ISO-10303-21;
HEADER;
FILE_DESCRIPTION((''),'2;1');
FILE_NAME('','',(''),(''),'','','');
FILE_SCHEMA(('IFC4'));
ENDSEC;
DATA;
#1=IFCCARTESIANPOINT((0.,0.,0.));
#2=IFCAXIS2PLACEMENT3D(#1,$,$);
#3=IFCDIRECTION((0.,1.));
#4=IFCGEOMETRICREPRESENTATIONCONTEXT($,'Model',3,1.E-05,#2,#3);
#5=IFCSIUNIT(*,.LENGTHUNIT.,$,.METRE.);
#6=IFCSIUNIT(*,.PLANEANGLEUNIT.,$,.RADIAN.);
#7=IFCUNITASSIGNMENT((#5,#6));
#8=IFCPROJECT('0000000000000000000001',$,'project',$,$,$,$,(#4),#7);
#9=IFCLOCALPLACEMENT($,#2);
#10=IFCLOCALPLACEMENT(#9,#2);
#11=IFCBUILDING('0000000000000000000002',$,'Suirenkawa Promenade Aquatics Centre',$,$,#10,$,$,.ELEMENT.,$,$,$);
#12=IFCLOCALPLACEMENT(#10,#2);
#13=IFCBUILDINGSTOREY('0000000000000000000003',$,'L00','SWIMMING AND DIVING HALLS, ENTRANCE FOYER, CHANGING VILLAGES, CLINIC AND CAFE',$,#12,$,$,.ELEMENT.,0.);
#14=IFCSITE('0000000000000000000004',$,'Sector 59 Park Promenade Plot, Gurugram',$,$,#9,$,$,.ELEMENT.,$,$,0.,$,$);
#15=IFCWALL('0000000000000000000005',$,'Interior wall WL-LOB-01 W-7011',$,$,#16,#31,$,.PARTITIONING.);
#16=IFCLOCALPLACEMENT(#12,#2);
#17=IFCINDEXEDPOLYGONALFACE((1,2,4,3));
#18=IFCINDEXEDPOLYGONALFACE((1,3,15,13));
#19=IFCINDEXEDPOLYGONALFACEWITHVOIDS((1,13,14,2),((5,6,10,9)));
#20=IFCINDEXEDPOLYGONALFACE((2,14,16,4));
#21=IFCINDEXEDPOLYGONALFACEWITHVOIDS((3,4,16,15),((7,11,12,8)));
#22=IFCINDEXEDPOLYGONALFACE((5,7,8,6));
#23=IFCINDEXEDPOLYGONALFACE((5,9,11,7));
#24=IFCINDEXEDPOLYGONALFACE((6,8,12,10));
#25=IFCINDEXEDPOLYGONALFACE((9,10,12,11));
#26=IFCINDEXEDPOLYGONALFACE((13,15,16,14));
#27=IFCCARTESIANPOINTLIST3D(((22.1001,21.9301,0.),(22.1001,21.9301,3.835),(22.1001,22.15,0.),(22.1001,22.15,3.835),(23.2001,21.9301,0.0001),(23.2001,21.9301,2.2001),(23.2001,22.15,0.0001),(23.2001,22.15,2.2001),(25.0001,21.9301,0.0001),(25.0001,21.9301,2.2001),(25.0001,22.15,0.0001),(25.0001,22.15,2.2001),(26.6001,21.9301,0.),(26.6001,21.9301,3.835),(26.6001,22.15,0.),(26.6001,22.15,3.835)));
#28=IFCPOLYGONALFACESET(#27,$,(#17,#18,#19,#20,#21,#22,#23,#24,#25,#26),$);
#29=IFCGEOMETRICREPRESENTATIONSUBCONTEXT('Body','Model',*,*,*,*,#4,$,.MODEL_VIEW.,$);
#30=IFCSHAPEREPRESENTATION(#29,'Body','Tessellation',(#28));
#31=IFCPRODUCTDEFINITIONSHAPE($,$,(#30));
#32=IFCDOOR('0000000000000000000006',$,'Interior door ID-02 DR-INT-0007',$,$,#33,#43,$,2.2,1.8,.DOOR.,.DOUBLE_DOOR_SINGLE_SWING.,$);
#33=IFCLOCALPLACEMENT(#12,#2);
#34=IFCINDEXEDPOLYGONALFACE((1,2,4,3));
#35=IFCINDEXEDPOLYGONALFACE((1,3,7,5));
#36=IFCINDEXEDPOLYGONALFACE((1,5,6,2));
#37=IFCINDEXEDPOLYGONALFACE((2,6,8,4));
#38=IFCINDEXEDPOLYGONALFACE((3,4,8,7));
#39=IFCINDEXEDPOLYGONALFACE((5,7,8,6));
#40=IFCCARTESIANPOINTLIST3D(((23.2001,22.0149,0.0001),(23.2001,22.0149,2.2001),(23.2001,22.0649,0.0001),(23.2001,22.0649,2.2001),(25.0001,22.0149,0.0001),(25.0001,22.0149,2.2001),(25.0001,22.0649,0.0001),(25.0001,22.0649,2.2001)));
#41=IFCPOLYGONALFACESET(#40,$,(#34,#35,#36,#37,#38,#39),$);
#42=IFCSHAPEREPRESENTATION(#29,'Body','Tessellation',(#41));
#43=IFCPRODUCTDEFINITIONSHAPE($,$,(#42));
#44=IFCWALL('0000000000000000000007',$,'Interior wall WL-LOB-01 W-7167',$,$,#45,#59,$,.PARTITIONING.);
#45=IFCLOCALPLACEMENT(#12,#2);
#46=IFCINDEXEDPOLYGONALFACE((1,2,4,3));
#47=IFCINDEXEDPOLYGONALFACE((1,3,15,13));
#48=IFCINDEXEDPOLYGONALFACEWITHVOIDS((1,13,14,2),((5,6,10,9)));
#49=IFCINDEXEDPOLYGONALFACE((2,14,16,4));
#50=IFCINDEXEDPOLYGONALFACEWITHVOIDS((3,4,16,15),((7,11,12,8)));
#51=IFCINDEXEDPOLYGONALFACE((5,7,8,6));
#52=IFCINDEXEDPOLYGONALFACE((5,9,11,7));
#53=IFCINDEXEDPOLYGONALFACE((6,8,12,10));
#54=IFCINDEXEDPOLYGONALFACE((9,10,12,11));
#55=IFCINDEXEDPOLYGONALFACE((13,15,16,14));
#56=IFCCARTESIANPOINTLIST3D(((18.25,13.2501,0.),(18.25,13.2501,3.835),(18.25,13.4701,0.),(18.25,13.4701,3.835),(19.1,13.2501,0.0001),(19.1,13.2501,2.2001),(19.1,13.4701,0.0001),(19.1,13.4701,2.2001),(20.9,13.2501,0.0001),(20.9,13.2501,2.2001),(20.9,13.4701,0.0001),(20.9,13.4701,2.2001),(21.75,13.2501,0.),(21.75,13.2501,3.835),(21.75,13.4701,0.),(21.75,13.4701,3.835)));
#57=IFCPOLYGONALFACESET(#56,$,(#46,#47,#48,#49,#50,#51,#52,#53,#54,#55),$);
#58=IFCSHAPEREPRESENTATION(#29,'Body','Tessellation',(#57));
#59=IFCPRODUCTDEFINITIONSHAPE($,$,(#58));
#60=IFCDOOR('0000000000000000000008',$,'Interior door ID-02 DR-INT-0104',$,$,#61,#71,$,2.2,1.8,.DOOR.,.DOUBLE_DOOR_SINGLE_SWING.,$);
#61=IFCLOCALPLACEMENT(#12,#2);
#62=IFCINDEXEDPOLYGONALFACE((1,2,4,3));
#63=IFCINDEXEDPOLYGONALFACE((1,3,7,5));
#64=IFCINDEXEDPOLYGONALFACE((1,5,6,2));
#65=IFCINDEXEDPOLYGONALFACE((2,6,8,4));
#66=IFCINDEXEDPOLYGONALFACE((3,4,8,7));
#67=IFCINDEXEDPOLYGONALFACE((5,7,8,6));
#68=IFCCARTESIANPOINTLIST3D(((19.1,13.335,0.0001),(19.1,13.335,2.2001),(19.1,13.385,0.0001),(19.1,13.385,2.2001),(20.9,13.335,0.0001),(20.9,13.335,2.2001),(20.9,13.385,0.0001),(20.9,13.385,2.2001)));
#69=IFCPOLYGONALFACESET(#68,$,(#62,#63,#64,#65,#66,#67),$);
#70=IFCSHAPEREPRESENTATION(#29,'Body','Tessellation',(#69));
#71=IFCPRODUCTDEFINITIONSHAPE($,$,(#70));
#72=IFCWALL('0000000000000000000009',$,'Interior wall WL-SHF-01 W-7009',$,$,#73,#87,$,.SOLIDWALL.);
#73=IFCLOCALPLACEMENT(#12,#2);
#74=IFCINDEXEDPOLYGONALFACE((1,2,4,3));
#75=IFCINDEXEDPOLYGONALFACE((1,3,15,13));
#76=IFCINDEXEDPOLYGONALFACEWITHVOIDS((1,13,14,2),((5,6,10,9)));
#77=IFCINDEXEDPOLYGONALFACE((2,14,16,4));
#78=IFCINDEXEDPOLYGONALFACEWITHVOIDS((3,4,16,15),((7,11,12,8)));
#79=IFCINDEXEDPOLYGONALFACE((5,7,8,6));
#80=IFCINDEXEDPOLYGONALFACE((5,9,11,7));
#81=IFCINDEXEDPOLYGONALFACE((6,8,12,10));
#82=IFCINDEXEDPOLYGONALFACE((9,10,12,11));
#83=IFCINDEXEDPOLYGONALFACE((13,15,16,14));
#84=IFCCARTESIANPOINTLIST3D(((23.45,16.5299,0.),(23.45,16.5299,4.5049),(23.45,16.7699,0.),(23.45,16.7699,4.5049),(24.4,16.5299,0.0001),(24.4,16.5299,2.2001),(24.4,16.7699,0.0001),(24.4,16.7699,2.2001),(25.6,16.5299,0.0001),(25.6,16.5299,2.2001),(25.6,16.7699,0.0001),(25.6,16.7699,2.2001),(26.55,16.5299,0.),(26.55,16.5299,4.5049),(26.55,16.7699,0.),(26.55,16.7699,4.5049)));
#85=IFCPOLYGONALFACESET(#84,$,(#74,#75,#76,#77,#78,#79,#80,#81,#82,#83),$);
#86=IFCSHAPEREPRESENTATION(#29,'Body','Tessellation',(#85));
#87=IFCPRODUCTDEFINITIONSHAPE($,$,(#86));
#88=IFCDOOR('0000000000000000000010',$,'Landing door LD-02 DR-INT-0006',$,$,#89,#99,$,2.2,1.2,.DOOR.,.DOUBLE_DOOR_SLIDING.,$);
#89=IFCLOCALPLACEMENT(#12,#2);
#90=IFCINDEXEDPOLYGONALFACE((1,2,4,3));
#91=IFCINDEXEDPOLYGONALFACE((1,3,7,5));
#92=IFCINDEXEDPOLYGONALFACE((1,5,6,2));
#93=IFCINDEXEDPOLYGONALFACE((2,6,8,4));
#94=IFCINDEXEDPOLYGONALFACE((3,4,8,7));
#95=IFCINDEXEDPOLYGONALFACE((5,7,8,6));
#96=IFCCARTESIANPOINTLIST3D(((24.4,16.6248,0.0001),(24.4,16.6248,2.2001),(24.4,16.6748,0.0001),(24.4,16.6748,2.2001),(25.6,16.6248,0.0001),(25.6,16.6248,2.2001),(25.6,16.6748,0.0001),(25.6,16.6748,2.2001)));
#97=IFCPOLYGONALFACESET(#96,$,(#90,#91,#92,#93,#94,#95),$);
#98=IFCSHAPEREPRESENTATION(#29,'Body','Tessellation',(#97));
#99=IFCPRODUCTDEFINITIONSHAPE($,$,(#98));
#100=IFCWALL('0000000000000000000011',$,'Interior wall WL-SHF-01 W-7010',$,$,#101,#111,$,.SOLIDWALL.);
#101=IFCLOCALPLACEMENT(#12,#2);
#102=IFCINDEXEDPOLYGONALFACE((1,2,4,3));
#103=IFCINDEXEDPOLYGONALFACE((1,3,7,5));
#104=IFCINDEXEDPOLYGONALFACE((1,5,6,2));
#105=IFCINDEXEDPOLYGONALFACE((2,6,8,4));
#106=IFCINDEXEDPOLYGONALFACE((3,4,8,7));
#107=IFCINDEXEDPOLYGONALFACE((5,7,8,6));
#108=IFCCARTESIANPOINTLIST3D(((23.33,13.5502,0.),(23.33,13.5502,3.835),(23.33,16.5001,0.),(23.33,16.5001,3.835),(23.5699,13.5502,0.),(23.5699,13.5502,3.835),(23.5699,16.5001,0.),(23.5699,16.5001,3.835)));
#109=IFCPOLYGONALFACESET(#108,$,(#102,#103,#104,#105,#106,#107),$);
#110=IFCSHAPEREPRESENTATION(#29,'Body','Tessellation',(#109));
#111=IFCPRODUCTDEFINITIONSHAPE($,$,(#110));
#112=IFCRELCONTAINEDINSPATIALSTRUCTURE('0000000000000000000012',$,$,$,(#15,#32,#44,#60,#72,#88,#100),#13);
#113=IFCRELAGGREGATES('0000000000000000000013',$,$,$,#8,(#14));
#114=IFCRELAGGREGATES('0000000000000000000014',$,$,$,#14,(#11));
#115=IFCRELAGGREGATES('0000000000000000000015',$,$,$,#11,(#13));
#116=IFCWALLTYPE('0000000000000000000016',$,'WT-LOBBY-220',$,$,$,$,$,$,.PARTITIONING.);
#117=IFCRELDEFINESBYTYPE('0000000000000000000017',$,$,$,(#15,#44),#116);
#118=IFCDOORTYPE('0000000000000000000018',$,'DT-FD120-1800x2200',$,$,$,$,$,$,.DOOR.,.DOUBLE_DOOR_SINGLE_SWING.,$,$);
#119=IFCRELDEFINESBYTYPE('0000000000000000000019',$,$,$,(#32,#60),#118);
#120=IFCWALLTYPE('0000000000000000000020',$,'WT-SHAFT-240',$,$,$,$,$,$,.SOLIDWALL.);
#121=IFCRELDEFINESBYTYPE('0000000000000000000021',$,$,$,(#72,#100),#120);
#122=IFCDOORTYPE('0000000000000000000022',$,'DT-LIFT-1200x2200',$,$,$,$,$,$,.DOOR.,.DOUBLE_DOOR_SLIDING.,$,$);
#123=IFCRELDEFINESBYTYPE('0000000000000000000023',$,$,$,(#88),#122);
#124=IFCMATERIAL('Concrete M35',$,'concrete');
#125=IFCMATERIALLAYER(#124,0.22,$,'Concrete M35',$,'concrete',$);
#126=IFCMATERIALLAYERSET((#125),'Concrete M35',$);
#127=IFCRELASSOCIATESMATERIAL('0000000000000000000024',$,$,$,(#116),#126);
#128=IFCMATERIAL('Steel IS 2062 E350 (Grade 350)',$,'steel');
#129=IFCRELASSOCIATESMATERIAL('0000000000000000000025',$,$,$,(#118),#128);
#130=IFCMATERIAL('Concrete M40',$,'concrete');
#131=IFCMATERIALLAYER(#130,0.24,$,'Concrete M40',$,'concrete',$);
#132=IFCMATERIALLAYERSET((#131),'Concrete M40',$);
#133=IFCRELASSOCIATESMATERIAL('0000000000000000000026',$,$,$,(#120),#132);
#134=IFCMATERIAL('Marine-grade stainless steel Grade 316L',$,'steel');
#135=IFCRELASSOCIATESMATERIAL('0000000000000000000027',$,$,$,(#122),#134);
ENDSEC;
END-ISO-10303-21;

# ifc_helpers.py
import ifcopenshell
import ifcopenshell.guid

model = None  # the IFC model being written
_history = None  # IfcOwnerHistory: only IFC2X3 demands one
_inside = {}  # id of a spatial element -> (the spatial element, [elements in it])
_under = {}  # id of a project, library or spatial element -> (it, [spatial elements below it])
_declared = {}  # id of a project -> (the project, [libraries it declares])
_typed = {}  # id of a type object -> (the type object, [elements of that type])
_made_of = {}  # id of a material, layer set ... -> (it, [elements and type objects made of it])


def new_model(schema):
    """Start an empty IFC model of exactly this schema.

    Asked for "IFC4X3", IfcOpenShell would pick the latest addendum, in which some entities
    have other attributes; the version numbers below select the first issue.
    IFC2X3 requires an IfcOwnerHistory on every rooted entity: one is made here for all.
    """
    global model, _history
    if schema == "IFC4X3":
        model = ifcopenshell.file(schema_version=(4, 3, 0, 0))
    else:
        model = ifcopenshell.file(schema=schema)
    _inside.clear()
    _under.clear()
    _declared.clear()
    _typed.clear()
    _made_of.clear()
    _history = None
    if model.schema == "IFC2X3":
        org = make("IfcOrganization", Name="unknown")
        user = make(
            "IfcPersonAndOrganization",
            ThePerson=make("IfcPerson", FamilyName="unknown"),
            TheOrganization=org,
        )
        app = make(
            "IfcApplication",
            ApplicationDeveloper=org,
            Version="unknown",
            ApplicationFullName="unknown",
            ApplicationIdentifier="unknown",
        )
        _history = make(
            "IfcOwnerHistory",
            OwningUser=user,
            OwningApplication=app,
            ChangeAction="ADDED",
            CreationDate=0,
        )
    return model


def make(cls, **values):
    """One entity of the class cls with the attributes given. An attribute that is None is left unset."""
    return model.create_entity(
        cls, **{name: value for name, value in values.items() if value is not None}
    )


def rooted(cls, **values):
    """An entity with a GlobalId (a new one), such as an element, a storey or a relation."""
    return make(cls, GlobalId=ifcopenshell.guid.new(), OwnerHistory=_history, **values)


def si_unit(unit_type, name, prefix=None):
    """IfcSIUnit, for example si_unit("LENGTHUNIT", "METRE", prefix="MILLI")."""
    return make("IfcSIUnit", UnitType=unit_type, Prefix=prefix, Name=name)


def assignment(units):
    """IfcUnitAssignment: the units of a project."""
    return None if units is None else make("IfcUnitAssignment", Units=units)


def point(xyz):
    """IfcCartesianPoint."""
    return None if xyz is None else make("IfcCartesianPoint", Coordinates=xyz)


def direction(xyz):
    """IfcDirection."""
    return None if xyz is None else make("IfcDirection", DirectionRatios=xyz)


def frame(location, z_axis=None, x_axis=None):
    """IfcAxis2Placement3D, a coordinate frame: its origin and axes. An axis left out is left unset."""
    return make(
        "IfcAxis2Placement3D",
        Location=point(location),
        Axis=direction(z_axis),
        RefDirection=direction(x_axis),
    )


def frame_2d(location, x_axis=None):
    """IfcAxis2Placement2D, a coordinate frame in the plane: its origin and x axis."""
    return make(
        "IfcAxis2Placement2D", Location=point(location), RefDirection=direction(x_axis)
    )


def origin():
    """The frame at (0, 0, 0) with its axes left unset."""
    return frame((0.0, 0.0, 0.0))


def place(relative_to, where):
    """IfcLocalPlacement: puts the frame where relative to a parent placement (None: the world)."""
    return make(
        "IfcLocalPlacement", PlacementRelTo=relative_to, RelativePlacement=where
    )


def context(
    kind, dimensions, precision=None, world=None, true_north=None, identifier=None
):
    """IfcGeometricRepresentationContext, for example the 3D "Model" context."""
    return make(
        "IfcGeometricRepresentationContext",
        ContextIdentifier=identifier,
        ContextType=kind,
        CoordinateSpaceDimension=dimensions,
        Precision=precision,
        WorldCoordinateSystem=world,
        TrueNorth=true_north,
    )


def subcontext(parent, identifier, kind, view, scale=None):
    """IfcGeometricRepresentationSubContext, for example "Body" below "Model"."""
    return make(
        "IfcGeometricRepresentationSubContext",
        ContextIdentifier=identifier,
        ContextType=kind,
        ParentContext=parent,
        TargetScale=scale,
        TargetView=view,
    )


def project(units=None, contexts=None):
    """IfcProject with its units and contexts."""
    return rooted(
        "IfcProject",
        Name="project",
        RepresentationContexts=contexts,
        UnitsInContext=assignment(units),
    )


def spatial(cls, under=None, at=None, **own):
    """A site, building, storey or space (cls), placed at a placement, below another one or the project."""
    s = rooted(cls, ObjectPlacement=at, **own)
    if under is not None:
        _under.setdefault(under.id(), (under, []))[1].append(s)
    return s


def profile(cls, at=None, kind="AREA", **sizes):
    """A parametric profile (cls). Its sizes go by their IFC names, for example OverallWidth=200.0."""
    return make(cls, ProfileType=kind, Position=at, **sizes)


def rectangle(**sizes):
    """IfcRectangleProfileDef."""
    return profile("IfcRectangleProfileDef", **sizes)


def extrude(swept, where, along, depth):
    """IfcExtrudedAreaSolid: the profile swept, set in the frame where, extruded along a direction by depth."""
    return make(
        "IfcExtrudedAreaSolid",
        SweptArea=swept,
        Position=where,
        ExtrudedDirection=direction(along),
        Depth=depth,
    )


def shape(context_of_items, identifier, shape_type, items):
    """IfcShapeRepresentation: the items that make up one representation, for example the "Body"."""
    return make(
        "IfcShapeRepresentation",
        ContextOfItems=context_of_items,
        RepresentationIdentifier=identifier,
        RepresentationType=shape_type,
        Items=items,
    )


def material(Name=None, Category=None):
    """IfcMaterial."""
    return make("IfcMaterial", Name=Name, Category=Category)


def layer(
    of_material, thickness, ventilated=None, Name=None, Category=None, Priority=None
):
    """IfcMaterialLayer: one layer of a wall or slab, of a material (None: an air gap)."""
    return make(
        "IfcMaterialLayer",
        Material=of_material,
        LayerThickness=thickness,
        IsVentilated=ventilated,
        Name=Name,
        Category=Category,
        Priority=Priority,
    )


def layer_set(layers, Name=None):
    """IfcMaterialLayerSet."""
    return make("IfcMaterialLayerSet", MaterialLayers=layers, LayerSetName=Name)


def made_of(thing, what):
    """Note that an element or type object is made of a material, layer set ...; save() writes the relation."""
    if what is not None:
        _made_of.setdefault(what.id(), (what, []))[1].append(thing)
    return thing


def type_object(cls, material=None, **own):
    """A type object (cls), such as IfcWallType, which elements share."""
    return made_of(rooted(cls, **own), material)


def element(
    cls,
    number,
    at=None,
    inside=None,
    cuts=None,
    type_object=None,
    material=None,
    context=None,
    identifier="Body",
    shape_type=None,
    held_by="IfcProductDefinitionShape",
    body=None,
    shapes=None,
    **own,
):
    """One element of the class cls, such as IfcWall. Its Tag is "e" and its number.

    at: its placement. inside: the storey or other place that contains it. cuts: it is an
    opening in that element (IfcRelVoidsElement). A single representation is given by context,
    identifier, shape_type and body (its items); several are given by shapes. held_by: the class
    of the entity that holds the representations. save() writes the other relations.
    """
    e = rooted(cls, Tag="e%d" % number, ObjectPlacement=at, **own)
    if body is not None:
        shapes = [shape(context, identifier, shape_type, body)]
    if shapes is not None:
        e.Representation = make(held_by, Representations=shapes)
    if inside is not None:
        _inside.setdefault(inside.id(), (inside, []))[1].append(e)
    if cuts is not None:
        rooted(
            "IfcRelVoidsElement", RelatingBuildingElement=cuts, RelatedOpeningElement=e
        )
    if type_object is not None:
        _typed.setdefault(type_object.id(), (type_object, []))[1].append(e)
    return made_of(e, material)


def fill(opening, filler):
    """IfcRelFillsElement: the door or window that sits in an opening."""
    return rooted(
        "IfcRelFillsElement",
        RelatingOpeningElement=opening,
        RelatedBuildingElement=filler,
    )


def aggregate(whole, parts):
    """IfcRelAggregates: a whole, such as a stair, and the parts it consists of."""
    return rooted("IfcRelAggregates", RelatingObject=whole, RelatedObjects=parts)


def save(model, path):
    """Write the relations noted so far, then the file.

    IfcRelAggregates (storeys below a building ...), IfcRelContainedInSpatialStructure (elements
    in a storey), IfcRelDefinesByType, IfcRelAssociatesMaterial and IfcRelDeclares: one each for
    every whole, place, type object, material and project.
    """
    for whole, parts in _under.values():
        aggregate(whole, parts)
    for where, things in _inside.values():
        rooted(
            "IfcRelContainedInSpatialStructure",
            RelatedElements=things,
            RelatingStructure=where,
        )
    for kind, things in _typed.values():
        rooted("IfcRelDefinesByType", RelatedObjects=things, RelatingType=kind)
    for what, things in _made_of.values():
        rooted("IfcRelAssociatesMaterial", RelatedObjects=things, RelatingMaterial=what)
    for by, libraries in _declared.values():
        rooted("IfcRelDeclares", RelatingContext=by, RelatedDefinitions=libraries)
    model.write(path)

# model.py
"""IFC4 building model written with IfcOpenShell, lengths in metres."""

from ifc_helpers import new_model, si_unit, direction, frame, frame_2d, origin, place, context, subcontext, project, spatial, rectangle, extrude, material, layer, layer_set, type_object, element, fill, save


model = new_model("IFC4")

# Units and contexts
model_context = context("Model", 3, precision=1e-05, world=origin(), true_north=direction((0.0, 1.0)))
body_context = subcontext(model_context, "Body", "Model", "MODEL_VIEW")
ifc_project = project(units=[si_unit("LENGTHUNIT", "METRE"), si_unit("PLANEANGLEUNIT", "RADIAN")], contexts=[model_context])

# Site, building, storey
site_placement = place(None, origin())
site = spatial("IfcSite", under=ifc_project, at=site_placement, Name="Sector 59 Park Promenade Plot, Gurugram", CompositionType="ELEMENT", RefElevation=0.0)
building_placement = place(site_placement, origin())
building = spatial("IfcBuilding", under=site, at=building_placement, Name="Suirenkawa Promenade Aquatics Centre", CompositionType="ELEMENT")
storey_placement = place(building_placement, origin())
storey = spatial("IfcBuildingStorey", under=building, at=storey_placement, Name="L00", Description="SWIMMING AND DIVING HALLS, ENTRANCE FOYER, CHANGING VILLAGES, CLINIC AND CAFE", CompositionType="ELEMENT", Elevation=0.0)

# Shared definitions
ifc_material_1 = material(Name="Concrete M40", Category="concrete")

# Shared definitions
ifc_material_2 = material(Name="Steel IS 2062 E350 (Grade 350)", Category="steel")
ifc_material_3 = material(Name="Concrete M35", Category="concrete")

# Shared definitions
ifc_layer_1 = layer(ifc_material_3, 0.22, Name="Concrete M35", Category="concrete")
ifc_layer_set_1 = layer_set([ifc_layer_1], Name="Concrete M35")
wall_type_1 = type_object("IfcWallType", Name="WT-LOBBY-220", PredefinedType="PARTITIONING", material=ifc_layer_set_1)
door_type_1 = type_object("IfcDoorType", Name="DT-FD120-1800x2200", OperationType="DOUBLE_DOOR_SINGLE_SWING", PredefinedType="DOOR", material=ifc_material_2)

# Walls, openings, doors
wall_1_placement = place(storey_placement, frame((22.1001, 22.04, 0.0), z_axis=(0.0, 0.0, 1.0), x_axis=(1.0, 0.0, 0.0)))
wall_1 = element("IfcWall", 1, at=wall_1_placement, inside=storey, type_object=wall_type_1, Name="Interior wall WL-LOB-01 W-7011", PredefinedType="PARTITIONING", context=body_context, shape_type="SweptSolid", body=[
    extrude(rectangle(XDim=4.5, YDim=0.22, at=frame_2d((2.25, 0.0))), origin(), (0.0, 0.0, 1.0), 3.835),
])
opening_1_placement = place(wall_1_placement, frame((1.1001, 0.0, 0.0)))
opening_1 = element("IfcOpeningElement", 2, at=opening_1_placement, cuts=wall_1, PredefinedType="OPENING", context=body_context, shape_type="SweptSolid", body=[
    extrude(rectangle(XDim=1.8, YDim=2.2, at=frame_2d((0.8999, 1.1001))), frame((0.0, 0.1199, 0.0), z_axis=(0.0, -1.0, 0.0), x_axis=(1.0, 0.0, 0.0)), (0.0, 0.0, 1.0), 0.24),
])
door_1_placement = place(opening_1_placement, origin())
door_1 = element("IfcDoor", 3, at=door_1_placement, inside=storey, type_object=door_type_1, Name="Interior door ID-02 DR-INT-0007", OperationType="DOUBLE_DOOR_SINGLE_SWING", OverallHeight=2.2, OverallWidth=1.8, PredefinedType="DOOR", context=body_context, shape_type="SweptSolid", body=[
    extrude(rectangle(XDim=1.8, YDim=2.2, at=frame_2d((0.8999, 1.1001))), frame((0.0, 0.0249, 0.0), z_axis=(0.0, -1.0, 0.0), x_axis=(1.0, 0.0, 0.0)), (0.0, 0.0, 1.0), 0.05),
])
fill(opening_1, door_1)
wall_2_placement = place(storey_placement, frame((18.25, 13.3601, 0.0), z_axis=(0.0, 0.0, 1.0), x_axis=(1.0, 0.0, 0.0)))
wall_2 = element("IfcWall", 4, at=wall_2_placement, inside=storey, type_object=wall_type_1, Name="Interior wall WL-LOB-01 W-7167", PredefinedType="PARTITIONING", context=body_context, shape_type="SweptSolid", body=[
    extrude(rectangle(XDim=3.5, YDim=0.22, at=frame_2d((1.75, 0.0))), origin(), (0.0, 0.0, 1.0), 3.835),
])
opening_2_placement = place(wall_2_placement, frame((0.8501, 0.0, 0.0)))
opening_2 = element("IfcOpeningElement", 5, at=opening_2_placement, cuts=wall_2, PredefinedType="OPENING", context=body_context, shape_type="SweptSolid", body=[
    extrude(rectangle(XDim=1.8, YDim=2.2, at=frame_2d((0.8999, 1.1001))), frame((0.0, 0.1199, 0.0), z_axis=(0.0, -1.0, 0.0), x_axis=(1.0, 0.0, 0.0)), (0.0, 0.0, 1.0), 0.24),
])
door_2_placement = place(opening_2_placement, origin())
door_2 = element("IfcDoor", 6, at=door_2_placement, inside=storey, type_object=door_type_1, Name="Interior door ID-02 DR-INT-0104", OperationType="DOUBLE_DOOR_SINGLE_SWING", OverallHeight=2.2, OverallWidth=1.8, PredefinedType="DOOR", context=body_context, shape_type="SweptSolid", body=[
    extrude(rectangle(XDim=1.8, YDim=2.2, at=frame_2d((0.8999, 1.1001))), frame((0.0, 0.0249, 0.0), z_axis=(0.0, -1.0, 0.0), x_axis=(1.0, 0.0, 0.0)), (0.0, 0.0, 1.0), 0.05),
])
fill(opening_2, door_2)
ifc_layer_2 = layer(ifc_material_1, 0.24, Name="Concrete M40", Category="concrete")
ifc_layer_set_2 = layer_set([ifc_layer_2], Name="Concrete M40")
wall_type_2 = type_object("IfcWallType", Name="WT-SHAFT-240", PredefinedType="SOLIDWALL", material=ifc_layer_set_2)
wall_3_placement = place(storey_placement, frame((23.45, 16.6499, 0.0), z_axis=(0.0, 0.0, 1.0), x_axis=(1.0, 0.0, 0.0)))
wall_3 = element("IfcWall", 7, at=wall_3_placement, inside=storey, type_object=wall_type_2, Name="Interior wall WL-SHF-01 W-7009", PredefinedType="SOLIDWALL", context=body_context, shape_type="SweptSolid", body=[
    extrude(rectangle(XDim=3.1001, YDim=0.24, at=frame_2d((1.55, 0.0))), origin(), (0.0, 0.0, 1.0), 4.5049),
])
opening_3_placement = place(wall_3_placement, frame((0.95, 0.0, 0.0)))
opening_3 = element("IfcOpeningElement", 8, at=opening_3_placement, cuts=wall_3, PredefinedType="OPENING", context=body_context, shape_type="SweptSolid", body=[
    extrude(rectangle(XDim=1.2, YDim=2.2, at=frame_2d((0.6001, 1.1001))), frame((0.0, 0.1299, 0.0), z_axis=(0.0, -1.0, 0.0), x_axis=(1.0, 0.0, 0.0)), (0.0, 0.0, 1.0), 0.26),
])
ifc_material_4 = material(Name="Marine-grade stainless steel Grade 316L", Category="steel")
door_type_2 = type_object("IfcDoorType", Name="DT-LIFT-1200x2200", OperationType="DOUBLE_DOOR_SLIDING", PredefinedType="DOOR", material=ifc_material_4)
door_3_placement = place(opening_3_placement, origin())
door_3 = element("IfcDoor", 9, at=door_3_placement, inside=storey, type_object=door_type_2, Name="Landing door LD-02 DR-INT-0006", OperationType="DOUBLE_DOOR_SLIDING", OverallHeight=2.2, OverallWidth=1.2, PredefinedType="DOOR", context=body_context, shape_type="SweptSolid", body=[
    extrude(rectangle(XDim=1.2, YDim=2.2, at=frame_2d((0.6001, 1.1001))), frame((0.0, 0.0249, 0.0), z_axis=(0.0, -1.0, 0.0), x_axis=(1.0, 0.0, 0.0)), (0.0, 0.0, 1.0), 0.05),
])
fill(opening_3, door_3)

# Wall
wall_4_placement = place(storey_placement, frame((23.45, 13.55, 0.0), z_axis=(0.0, 0.0, 1.0), x_axis=(0.0, 1.0, 0.0)))
element("IfcWall", 10, at=wall_4_placement, inside=storey, type_object=wall_type_2, Name="Interior wall WL-SHF-01 W-7010", PredefinedType="SOLIDWALL", context=body_context, shape_type="SweptSolid", body=[
    extrude(rectangle(XDim=2.95, YDim=0.24, at=frame_2d((1.4751, 0.0))), origin(), (0.0, 0.0, 1.0), 3.835),
])

save(model, "model.ifc")
